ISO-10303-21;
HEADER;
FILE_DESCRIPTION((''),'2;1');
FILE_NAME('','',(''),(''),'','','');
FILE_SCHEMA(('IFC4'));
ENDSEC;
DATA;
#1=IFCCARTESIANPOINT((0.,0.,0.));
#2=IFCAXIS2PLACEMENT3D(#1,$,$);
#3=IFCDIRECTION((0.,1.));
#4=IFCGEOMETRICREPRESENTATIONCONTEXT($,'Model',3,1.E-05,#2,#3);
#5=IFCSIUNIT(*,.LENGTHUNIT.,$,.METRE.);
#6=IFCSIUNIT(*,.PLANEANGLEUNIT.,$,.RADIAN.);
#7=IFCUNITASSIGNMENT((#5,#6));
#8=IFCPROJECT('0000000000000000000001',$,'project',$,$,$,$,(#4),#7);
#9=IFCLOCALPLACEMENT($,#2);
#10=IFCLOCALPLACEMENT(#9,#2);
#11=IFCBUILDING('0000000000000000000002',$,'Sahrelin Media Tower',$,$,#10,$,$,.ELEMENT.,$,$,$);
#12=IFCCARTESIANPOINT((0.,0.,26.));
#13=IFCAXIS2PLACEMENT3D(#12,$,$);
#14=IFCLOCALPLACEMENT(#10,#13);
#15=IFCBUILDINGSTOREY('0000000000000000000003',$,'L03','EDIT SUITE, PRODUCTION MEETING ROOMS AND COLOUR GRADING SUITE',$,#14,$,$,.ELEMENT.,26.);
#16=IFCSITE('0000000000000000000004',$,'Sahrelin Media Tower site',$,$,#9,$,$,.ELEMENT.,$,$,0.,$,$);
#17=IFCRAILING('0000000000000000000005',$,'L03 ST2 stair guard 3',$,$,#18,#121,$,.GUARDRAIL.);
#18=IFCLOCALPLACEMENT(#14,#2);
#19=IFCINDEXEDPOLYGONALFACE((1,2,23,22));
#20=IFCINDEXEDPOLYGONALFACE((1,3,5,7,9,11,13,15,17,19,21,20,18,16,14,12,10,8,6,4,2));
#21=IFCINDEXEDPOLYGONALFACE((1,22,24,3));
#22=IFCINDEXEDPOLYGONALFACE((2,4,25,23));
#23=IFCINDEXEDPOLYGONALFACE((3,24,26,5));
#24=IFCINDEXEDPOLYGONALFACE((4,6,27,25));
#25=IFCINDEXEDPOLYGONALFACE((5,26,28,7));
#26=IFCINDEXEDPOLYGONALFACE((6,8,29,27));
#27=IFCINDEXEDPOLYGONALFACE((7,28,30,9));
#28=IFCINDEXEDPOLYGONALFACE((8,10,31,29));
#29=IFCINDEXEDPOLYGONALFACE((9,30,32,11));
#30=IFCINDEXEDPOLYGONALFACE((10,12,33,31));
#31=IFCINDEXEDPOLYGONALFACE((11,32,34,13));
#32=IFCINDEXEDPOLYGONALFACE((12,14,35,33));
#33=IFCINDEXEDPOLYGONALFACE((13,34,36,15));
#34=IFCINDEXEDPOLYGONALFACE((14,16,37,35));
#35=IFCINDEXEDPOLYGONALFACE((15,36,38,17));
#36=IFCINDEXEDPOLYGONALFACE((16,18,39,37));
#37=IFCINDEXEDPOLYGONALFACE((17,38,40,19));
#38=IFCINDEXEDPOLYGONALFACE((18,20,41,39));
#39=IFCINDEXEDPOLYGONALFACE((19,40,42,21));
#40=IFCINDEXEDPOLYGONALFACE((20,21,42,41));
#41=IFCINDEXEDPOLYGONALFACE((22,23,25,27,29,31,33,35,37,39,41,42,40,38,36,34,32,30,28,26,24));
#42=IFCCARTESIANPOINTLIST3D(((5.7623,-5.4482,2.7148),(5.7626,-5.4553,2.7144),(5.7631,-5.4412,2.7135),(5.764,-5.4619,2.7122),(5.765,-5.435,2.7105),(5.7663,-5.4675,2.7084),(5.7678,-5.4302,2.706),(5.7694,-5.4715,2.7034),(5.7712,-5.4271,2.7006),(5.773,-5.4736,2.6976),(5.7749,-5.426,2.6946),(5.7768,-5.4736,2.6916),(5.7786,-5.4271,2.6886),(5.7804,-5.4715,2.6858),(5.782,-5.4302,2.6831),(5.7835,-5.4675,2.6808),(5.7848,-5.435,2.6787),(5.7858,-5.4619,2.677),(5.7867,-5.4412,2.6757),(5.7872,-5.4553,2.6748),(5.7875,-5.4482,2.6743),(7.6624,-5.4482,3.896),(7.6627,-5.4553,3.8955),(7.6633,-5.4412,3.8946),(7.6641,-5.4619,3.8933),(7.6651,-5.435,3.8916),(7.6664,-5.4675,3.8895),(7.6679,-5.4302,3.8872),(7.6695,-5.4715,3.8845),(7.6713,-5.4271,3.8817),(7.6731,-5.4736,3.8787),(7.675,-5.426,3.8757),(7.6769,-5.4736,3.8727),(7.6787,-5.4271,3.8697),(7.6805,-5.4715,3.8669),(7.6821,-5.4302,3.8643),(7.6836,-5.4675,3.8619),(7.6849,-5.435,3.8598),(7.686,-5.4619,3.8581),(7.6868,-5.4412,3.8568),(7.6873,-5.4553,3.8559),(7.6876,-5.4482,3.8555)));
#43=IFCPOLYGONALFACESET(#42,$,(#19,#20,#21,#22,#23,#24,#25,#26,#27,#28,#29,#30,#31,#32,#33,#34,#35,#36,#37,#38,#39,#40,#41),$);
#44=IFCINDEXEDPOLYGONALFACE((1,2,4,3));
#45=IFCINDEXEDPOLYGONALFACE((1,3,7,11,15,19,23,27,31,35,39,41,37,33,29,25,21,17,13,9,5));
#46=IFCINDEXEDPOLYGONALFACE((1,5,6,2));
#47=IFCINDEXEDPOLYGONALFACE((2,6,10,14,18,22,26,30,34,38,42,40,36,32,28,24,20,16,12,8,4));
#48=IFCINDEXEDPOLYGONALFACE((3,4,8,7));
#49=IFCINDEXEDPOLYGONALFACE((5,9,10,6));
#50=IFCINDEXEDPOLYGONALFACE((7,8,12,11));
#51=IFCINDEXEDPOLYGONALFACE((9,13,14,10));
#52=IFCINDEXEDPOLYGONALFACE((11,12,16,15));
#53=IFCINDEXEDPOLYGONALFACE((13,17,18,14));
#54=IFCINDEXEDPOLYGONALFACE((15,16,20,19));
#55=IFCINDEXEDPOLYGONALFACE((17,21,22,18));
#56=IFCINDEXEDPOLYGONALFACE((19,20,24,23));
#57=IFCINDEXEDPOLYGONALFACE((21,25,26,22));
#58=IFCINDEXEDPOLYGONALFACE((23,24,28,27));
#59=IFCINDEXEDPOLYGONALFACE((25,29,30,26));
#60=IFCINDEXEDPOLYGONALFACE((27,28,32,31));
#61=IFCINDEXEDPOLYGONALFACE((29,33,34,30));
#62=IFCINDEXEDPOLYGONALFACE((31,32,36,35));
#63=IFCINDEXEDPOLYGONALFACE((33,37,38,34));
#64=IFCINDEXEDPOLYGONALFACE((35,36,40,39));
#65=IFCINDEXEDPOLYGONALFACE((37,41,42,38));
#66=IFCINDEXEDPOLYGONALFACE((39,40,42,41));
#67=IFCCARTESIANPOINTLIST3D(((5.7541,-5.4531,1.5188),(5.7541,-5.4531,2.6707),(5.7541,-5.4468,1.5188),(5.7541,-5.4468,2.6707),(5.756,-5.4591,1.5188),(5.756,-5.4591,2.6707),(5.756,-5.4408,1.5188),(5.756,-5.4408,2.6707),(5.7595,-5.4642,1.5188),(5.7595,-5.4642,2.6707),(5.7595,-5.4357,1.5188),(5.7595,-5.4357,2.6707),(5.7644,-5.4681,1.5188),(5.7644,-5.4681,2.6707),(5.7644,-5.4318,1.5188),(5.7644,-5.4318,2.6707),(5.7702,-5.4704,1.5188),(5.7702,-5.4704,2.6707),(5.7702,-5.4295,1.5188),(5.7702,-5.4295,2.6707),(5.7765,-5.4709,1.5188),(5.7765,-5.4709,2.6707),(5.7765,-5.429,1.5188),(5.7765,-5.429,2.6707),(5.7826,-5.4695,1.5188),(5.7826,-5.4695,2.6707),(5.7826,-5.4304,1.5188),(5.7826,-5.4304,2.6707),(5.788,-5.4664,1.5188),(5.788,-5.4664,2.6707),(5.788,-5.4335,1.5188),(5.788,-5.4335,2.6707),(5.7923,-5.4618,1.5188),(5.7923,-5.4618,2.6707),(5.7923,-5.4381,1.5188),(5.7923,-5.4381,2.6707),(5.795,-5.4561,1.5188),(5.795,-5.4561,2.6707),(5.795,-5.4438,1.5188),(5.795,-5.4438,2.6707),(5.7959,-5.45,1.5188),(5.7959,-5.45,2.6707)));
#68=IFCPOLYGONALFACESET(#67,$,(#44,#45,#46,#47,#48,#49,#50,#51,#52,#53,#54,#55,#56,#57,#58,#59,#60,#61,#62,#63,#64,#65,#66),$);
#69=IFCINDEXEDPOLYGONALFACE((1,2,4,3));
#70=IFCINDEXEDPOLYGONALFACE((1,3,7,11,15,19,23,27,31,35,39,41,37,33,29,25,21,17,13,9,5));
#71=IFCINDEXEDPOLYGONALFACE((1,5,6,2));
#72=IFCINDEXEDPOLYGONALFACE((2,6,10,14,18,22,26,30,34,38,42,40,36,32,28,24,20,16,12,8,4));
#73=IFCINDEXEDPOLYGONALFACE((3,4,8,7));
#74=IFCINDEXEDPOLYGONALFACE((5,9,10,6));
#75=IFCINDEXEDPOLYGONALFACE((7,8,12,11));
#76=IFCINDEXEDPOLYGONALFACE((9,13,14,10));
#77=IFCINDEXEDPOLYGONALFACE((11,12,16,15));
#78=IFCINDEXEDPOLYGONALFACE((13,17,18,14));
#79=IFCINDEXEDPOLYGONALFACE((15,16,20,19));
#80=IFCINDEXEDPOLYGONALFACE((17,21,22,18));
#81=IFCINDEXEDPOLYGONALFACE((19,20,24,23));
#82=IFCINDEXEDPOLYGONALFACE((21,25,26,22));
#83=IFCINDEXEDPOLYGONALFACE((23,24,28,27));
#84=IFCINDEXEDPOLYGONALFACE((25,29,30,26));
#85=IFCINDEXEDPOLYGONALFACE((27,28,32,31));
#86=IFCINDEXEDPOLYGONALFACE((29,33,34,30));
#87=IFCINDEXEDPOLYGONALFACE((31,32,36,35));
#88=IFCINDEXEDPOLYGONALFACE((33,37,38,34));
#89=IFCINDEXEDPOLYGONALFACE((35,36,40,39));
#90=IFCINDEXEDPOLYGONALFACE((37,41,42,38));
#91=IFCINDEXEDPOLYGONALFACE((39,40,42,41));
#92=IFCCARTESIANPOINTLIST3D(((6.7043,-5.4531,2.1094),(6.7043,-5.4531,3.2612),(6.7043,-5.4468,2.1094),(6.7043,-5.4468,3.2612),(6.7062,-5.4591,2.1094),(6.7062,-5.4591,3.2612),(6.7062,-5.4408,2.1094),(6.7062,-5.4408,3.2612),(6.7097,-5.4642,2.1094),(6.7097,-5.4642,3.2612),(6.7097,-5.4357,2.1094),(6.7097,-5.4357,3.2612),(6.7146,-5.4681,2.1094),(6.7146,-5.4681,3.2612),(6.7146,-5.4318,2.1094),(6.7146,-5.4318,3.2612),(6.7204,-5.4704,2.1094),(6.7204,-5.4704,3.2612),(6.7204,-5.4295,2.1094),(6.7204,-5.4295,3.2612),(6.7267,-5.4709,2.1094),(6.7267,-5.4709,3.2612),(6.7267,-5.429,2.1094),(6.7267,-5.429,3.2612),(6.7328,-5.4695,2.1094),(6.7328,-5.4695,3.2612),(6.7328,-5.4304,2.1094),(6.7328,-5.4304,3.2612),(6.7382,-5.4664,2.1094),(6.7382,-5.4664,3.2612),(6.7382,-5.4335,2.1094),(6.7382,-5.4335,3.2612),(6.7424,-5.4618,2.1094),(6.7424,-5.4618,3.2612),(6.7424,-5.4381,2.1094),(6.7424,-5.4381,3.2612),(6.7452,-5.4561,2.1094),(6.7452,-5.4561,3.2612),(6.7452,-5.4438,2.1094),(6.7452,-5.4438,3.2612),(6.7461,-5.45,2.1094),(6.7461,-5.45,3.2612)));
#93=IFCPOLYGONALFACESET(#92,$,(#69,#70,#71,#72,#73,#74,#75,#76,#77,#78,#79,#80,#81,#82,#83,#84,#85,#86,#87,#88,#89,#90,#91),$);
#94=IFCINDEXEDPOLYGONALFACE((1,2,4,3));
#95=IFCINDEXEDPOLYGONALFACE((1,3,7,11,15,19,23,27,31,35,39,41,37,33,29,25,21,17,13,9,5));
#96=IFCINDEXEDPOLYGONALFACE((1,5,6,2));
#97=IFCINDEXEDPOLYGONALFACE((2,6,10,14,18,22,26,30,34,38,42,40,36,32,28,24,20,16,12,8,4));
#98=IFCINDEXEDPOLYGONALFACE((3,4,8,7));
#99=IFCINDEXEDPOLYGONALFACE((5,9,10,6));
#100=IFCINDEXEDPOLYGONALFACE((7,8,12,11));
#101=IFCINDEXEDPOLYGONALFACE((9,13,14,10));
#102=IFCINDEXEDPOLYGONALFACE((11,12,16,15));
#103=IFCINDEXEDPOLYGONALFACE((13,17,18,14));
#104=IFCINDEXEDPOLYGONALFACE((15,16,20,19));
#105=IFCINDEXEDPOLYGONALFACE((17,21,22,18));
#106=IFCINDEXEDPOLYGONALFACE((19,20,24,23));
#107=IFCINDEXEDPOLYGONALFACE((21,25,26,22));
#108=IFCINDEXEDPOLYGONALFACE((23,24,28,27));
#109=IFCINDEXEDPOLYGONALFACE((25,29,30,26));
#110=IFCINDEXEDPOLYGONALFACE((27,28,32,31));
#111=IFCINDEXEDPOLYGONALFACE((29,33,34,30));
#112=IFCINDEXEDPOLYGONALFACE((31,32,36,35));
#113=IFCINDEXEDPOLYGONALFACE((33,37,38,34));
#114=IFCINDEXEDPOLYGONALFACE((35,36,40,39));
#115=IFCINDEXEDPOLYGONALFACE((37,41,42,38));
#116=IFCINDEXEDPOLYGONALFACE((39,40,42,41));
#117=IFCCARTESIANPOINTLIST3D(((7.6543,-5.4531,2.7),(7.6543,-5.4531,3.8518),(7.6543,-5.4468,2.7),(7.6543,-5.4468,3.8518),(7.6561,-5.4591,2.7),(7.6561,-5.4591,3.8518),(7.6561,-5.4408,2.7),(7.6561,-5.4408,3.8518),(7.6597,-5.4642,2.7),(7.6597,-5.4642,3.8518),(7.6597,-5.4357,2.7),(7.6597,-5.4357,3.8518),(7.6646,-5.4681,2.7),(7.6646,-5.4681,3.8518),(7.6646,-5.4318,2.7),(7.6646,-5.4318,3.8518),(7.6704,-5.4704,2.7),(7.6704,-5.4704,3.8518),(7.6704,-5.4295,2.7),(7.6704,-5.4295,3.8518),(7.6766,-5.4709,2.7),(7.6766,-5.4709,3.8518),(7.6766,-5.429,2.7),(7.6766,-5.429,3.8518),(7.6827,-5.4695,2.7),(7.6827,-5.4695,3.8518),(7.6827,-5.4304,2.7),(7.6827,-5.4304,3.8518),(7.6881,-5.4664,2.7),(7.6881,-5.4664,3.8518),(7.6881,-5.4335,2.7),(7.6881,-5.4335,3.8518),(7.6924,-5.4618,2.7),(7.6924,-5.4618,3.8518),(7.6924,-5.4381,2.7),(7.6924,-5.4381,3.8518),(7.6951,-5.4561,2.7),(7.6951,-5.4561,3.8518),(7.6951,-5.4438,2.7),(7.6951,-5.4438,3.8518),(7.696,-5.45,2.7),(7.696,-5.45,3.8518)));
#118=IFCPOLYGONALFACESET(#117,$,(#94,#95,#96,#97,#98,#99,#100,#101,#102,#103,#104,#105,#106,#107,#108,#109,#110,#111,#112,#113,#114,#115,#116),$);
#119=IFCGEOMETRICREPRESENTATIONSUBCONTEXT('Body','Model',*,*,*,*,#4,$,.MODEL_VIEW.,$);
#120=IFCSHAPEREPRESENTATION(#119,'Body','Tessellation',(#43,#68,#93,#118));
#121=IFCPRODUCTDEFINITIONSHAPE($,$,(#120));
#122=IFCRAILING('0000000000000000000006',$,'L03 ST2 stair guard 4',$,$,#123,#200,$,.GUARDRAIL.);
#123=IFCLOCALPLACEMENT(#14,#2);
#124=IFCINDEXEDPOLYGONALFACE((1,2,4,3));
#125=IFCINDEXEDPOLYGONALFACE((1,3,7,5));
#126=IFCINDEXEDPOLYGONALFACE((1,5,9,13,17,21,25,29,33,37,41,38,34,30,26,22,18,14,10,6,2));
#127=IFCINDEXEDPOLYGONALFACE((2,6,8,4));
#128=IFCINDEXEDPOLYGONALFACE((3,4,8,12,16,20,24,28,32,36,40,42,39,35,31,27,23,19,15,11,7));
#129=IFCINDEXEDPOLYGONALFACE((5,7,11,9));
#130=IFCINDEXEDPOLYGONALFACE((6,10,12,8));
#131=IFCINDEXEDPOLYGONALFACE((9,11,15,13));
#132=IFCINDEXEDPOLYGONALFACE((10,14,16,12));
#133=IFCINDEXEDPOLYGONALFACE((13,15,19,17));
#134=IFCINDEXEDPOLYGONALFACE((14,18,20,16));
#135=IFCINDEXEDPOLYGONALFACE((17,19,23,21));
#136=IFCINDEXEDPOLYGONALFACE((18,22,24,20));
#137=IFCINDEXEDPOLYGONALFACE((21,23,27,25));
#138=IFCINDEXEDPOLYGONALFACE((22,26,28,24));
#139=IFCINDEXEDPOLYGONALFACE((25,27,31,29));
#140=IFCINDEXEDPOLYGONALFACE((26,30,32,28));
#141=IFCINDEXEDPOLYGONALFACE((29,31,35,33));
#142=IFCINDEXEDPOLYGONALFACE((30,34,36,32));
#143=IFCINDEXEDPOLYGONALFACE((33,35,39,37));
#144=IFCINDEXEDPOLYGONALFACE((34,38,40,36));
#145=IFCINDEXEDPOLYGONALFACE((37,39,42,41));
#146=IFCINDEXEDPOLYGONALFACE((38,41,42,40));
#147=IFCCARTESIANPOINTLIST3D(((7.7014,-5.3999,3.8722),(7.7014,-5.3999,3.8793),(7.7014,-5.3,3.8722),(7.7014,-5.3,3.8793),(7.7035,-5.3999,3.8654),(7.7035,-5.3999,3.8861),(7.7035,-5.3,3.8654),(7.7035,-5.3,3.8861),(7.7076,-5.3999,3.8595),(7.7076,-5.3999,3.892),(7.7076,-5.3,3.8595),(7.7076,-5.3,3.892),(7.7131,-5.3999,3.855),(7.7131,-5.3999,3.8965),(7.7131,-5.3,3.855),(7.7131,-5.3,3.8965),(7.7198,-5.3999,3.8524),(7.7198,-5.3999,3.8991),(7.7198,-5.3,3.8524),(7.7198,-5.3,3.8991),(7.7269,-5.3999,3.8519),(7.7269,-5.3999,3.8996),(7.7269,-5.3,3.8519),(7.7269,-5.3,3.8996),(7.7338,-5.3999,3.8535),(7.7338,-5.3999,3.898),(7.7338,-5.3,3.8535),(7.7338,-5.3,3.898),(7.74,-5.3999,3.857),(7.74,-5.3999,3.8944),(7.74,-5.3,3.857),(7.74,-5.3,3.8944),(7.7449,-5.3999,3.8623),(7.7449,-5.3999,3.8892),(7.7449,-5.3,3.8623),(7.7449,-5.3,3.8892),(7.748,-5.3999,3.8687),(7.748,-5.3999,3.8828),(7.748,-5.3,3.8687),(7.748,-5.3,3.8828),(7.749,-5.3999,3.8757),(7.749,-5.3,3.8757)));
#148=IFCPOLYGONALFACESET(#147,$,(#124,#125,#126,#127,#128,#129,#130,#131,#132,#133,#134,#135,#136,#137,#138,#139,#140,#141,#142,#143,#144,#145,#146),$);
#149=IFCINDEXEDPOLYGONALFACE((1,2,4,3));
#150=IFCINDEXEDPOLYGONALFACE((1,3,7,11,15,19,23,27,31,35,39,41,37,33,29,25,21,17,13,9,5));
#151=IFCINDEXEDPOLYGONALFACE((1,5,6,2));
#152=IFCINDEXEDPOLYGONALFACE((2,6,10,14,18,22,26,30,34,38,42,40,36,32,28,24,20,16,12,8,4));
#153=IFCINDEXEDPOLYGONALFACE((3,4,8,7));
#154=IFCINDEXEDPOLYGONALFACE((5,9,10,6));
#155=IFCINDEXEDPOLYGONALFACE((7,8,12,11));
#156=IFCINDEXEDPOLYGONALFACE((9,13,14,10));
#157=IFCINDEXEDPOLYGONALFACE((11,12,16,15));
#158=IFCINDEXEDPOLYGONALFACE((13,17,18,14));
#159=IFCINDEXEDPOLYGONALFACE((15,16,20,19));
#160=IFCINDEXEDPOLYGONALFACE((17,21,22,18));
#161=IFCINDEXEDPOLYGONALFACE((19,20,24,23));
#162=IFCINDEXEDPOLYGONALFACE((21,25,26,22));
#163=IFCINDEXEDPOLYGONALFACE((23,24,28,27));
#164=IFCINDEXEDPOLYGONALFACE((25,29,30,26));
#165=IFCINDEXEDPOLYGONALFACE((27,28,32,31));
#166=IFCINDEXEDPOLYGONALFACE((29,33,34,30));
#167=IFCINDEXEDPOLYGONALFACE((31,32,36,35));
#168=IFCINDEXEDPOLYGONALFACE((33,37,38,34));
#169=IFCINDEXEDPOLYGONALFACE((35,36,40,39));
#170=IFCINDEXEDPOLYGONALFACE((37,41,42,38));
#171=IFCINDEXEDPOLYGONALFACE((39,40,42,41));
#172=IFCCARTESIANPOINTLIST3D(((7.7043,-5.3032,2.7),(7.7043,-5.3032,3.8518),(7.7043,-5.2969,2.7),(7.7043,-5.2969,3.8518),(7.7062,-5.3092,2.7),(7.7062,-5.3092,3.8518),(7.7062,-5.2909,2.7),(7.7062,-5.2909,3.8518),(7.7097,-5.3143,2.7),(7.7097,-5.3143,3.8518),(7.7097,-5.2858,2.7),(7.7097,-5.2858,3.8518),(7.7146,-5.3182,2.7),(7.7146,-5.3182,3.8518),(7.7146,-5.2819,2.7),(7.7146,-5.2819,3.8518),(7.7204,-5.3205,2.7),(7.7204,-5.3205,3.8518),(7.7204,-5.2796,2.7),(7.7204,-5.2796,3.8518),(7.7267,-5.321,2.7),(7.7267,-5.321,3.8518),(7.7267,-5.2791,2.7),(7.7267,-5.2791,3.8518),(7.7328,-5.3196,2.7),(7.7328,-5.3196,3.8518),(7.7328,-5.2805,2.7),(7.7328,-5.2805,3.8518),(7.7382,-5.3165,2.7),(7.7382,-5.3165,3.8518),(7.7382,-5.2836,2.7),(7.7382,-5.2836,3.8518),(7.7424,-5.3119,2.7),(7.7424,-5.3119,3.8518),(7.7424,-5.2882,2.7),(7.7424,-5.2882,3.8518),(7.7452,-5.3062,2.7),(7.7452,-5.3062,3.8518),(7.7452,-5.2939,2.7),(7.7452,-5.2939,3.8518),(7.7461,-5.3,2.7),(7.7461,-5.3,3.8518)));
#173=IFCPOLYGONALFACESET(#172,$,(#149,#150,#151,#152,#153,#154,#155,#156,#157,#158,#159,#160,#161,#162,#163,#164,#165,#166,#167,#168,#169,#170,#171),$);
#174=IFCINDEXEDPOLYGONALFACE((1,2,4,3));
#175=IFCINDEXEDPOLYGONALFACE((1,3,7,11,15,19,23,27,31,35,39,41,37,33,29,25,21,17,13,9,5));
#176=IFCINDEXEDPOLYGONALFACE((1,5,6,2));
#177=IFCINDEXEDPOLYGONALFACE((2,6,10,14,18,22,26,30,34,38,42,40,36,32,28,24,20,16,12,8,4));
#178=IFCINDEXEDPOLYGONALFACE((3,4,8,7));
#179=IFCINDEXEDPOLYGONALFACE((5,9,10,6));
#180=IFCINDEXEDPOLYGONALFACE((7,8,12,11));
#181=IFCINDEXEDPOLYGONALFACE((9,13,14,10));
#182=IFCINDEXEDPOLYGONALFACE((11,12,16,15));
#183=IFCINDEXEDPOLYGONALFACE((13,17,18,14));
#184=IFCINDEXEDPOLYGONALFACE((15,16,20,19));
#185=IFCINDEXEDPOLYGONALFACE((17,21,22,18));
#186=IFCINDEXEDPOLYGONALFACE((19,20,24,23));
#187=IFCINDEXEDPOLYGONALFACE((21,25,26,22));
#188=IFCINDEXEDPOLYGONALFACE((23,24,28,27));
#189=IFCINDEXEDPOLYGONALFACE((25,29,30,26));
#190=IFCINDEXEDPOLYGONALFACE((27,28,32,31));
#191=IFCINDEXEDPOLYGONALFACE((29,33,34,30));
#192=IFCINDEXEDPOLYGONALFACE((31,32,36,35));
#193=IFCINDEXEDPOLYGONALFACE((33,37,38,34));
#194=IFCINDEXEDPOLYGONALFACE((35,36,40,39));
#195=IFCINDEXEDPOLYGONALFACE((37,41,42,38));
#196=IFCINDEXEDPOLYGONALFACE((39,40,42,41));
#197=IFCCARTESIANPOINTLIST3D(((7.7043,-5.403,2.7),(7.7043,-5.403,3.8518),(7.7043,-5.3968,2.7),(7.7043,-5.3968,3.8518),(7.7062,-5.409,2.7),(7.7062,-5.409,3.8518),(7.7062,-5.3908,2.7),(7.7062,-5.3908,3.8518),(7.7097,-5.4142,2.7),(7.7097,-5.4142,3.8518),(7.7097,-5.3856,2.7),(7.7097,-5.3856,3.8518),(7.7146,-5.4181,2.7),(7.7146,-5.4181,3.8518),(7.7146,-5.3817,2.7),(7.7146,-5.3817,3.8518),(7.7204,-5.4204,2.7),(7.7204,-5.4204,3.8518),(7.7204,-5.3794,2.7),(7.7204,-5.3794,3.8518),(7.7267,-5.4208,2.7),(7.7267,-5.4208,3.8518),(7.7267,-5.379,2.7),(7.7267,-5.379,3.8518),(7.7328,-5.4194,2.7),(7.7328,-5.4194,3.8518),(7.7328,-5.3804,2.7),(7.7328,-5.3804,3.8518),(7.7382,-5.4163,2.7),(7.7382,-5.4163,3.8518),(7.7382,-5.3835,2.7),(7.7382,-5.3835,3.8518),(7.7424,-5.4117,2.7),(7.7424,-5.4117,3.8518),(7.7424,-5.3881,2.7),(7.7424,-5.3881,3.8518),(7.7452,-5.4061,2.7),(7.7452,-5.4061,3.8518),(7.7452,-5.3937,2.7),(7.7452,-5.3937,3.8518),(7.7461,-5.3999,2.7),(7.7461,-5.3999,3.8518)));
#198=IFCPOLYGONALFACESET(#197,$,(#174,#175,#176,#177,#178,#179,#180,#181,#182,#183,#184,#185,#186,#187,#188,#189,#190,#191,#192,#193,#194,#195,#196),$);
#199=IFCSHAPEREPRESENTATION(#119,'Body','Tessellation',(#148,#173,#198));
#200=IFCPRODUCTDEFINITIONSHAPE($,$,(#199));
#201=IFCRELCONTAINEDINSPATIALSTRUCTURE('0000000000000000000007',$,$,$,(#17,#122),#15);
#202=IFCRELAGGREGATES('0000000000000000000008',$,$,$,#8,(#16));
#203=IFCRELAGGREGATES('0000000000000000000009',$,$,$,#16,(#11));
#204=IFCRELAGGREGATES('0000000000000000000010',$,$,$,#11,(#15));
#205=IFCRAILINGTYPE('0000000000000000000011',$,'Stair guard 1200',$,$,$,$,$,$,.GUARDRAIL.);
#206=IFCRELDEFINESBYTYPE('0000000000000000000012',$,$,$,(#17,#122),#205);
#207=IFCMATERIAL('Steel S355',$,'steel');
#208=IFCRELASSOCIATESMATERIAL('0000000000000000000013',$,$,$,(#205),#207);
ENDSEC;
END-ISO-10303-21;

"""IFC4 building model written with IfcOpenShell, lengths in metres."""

from ifc_helpers import new_model, si_unit, direction, frame, origin, origin_2d, place, context, subcontext, project, spatial, circle, extrude, material, type_object, element, save


model = new_model("IFC4")

# Units and contexts
model_context = context("Model", 3, precision=1e-05, world=origin(), true_north=direction((0.0, 1.0)))
body_context = subcontext(model_context, "Body", "Model", "MODEL_VIEW")
ifc_project = project(units=[si_unit("LENGTHUNIT", "METRE"), si_unit("PLANEANGLEUNIT", "RADIAN")], contexts=[model_context])

# Site, building, storey
site_placement = place(None, origin())
site = spatial("IfcSite", under=ifc_project, at=site_placement, Name="Sahrelin Media Tower site", CompositionType="ELEMENT", RefElevation=0.0)
building_placement = place(site_placement, origin())
building = spatial("IfcBuilding", under=site, at=building_placement, Name="Sahrelin Media Tower", CompositionType="ELEMENT")
storey_placement = place(building_placement, frame((0.0, 0.0, 26.0)))
storey = spatial("IfcBuildingStorey", under=building, at=storey_placement, Name="L03", Description="EDIT SUITE, PRODUCTION MEETING ROOMS AND COLOUR GRADING SUITE", CompositionType="ELEMENT", Elevation=26.0)

# Shared definitions
ifc_material_1 = material(Name="Steel S355", Category="steel")

# Railings
railing_type_1 = type_object("IfcRailingType", Name="Stair guard 1200", PredefinedType="GUARDRAIL", material=ifc_material_1)
railing_1_placement = place(storey_placement, frame((5.7749, -5.45, 1.5188)))
element("IfcRailing", 1, at=railing_1_placement, inside=storey, type_object=railing_type_1, Name="L03 ST2 stair guard 3", PredefinedType="GUARDRAIL", context=body_context, shape_type="SweptSolid", body=[
    extrude(circle(Radius=0.0239, at=origin_2d()), frame((0.0, 0.0, 1.1758), z_axis=(0.849289, 0.0, 0.527928), x_axis=(0.0, 1.0, 0.0)), (0.0, 0.0, 1.0), 2.2373),
    extrude(circle(Radius=0.021, at=origin_2d()), origin(), (0.0, 0.0, 1.0), 1.1519),
    extrude(circle(Radius=0.021, at=origin_2d()), frame((0.9502, 0.0, 0.5906)), (0.0, 0.0, 1.0), 1.1519),
    extrude(circle(Radius=0.021, at=origin_2d()), frame((1.9001, 0.0, 1.1812)), (0.0, 0.0, 1.0), 1.1519),
])
for number, where, name in (
    (2, (7.7251, -5.3, 2.7), "L03 ST2 stair guard 4"),
):
    element("IfcRailing", number, at=place(storey_placement, frame(where)), inside=storey, type_object=railing_type_1, Name=name, PredefinedType="GUARDRAIL", context=body_context, shape_type="SweptSolid", body=[
        extrude(circle(Radius=0.0239, at=origin_2d()), frame((0.0, 0.0, 1.1758), z_axis=(0.0, -1.0, 0.0), x_axis=(1.0, 0.0, 0.0)), (0.0, 0.0, 1.0), 0.0999),
        extrude(circle(Radius=0.021, at=origin_2d()), origin(), (0.0, 0.0, 1.0), 1.1519),
        extrude(circle(Radius=0.021, at=origin_2d()), frame((0.0, -0.0999, 0.0)), (0.0, 0.0, 1.0), 1.1519),
    ])

save(model, "model.ifc")
